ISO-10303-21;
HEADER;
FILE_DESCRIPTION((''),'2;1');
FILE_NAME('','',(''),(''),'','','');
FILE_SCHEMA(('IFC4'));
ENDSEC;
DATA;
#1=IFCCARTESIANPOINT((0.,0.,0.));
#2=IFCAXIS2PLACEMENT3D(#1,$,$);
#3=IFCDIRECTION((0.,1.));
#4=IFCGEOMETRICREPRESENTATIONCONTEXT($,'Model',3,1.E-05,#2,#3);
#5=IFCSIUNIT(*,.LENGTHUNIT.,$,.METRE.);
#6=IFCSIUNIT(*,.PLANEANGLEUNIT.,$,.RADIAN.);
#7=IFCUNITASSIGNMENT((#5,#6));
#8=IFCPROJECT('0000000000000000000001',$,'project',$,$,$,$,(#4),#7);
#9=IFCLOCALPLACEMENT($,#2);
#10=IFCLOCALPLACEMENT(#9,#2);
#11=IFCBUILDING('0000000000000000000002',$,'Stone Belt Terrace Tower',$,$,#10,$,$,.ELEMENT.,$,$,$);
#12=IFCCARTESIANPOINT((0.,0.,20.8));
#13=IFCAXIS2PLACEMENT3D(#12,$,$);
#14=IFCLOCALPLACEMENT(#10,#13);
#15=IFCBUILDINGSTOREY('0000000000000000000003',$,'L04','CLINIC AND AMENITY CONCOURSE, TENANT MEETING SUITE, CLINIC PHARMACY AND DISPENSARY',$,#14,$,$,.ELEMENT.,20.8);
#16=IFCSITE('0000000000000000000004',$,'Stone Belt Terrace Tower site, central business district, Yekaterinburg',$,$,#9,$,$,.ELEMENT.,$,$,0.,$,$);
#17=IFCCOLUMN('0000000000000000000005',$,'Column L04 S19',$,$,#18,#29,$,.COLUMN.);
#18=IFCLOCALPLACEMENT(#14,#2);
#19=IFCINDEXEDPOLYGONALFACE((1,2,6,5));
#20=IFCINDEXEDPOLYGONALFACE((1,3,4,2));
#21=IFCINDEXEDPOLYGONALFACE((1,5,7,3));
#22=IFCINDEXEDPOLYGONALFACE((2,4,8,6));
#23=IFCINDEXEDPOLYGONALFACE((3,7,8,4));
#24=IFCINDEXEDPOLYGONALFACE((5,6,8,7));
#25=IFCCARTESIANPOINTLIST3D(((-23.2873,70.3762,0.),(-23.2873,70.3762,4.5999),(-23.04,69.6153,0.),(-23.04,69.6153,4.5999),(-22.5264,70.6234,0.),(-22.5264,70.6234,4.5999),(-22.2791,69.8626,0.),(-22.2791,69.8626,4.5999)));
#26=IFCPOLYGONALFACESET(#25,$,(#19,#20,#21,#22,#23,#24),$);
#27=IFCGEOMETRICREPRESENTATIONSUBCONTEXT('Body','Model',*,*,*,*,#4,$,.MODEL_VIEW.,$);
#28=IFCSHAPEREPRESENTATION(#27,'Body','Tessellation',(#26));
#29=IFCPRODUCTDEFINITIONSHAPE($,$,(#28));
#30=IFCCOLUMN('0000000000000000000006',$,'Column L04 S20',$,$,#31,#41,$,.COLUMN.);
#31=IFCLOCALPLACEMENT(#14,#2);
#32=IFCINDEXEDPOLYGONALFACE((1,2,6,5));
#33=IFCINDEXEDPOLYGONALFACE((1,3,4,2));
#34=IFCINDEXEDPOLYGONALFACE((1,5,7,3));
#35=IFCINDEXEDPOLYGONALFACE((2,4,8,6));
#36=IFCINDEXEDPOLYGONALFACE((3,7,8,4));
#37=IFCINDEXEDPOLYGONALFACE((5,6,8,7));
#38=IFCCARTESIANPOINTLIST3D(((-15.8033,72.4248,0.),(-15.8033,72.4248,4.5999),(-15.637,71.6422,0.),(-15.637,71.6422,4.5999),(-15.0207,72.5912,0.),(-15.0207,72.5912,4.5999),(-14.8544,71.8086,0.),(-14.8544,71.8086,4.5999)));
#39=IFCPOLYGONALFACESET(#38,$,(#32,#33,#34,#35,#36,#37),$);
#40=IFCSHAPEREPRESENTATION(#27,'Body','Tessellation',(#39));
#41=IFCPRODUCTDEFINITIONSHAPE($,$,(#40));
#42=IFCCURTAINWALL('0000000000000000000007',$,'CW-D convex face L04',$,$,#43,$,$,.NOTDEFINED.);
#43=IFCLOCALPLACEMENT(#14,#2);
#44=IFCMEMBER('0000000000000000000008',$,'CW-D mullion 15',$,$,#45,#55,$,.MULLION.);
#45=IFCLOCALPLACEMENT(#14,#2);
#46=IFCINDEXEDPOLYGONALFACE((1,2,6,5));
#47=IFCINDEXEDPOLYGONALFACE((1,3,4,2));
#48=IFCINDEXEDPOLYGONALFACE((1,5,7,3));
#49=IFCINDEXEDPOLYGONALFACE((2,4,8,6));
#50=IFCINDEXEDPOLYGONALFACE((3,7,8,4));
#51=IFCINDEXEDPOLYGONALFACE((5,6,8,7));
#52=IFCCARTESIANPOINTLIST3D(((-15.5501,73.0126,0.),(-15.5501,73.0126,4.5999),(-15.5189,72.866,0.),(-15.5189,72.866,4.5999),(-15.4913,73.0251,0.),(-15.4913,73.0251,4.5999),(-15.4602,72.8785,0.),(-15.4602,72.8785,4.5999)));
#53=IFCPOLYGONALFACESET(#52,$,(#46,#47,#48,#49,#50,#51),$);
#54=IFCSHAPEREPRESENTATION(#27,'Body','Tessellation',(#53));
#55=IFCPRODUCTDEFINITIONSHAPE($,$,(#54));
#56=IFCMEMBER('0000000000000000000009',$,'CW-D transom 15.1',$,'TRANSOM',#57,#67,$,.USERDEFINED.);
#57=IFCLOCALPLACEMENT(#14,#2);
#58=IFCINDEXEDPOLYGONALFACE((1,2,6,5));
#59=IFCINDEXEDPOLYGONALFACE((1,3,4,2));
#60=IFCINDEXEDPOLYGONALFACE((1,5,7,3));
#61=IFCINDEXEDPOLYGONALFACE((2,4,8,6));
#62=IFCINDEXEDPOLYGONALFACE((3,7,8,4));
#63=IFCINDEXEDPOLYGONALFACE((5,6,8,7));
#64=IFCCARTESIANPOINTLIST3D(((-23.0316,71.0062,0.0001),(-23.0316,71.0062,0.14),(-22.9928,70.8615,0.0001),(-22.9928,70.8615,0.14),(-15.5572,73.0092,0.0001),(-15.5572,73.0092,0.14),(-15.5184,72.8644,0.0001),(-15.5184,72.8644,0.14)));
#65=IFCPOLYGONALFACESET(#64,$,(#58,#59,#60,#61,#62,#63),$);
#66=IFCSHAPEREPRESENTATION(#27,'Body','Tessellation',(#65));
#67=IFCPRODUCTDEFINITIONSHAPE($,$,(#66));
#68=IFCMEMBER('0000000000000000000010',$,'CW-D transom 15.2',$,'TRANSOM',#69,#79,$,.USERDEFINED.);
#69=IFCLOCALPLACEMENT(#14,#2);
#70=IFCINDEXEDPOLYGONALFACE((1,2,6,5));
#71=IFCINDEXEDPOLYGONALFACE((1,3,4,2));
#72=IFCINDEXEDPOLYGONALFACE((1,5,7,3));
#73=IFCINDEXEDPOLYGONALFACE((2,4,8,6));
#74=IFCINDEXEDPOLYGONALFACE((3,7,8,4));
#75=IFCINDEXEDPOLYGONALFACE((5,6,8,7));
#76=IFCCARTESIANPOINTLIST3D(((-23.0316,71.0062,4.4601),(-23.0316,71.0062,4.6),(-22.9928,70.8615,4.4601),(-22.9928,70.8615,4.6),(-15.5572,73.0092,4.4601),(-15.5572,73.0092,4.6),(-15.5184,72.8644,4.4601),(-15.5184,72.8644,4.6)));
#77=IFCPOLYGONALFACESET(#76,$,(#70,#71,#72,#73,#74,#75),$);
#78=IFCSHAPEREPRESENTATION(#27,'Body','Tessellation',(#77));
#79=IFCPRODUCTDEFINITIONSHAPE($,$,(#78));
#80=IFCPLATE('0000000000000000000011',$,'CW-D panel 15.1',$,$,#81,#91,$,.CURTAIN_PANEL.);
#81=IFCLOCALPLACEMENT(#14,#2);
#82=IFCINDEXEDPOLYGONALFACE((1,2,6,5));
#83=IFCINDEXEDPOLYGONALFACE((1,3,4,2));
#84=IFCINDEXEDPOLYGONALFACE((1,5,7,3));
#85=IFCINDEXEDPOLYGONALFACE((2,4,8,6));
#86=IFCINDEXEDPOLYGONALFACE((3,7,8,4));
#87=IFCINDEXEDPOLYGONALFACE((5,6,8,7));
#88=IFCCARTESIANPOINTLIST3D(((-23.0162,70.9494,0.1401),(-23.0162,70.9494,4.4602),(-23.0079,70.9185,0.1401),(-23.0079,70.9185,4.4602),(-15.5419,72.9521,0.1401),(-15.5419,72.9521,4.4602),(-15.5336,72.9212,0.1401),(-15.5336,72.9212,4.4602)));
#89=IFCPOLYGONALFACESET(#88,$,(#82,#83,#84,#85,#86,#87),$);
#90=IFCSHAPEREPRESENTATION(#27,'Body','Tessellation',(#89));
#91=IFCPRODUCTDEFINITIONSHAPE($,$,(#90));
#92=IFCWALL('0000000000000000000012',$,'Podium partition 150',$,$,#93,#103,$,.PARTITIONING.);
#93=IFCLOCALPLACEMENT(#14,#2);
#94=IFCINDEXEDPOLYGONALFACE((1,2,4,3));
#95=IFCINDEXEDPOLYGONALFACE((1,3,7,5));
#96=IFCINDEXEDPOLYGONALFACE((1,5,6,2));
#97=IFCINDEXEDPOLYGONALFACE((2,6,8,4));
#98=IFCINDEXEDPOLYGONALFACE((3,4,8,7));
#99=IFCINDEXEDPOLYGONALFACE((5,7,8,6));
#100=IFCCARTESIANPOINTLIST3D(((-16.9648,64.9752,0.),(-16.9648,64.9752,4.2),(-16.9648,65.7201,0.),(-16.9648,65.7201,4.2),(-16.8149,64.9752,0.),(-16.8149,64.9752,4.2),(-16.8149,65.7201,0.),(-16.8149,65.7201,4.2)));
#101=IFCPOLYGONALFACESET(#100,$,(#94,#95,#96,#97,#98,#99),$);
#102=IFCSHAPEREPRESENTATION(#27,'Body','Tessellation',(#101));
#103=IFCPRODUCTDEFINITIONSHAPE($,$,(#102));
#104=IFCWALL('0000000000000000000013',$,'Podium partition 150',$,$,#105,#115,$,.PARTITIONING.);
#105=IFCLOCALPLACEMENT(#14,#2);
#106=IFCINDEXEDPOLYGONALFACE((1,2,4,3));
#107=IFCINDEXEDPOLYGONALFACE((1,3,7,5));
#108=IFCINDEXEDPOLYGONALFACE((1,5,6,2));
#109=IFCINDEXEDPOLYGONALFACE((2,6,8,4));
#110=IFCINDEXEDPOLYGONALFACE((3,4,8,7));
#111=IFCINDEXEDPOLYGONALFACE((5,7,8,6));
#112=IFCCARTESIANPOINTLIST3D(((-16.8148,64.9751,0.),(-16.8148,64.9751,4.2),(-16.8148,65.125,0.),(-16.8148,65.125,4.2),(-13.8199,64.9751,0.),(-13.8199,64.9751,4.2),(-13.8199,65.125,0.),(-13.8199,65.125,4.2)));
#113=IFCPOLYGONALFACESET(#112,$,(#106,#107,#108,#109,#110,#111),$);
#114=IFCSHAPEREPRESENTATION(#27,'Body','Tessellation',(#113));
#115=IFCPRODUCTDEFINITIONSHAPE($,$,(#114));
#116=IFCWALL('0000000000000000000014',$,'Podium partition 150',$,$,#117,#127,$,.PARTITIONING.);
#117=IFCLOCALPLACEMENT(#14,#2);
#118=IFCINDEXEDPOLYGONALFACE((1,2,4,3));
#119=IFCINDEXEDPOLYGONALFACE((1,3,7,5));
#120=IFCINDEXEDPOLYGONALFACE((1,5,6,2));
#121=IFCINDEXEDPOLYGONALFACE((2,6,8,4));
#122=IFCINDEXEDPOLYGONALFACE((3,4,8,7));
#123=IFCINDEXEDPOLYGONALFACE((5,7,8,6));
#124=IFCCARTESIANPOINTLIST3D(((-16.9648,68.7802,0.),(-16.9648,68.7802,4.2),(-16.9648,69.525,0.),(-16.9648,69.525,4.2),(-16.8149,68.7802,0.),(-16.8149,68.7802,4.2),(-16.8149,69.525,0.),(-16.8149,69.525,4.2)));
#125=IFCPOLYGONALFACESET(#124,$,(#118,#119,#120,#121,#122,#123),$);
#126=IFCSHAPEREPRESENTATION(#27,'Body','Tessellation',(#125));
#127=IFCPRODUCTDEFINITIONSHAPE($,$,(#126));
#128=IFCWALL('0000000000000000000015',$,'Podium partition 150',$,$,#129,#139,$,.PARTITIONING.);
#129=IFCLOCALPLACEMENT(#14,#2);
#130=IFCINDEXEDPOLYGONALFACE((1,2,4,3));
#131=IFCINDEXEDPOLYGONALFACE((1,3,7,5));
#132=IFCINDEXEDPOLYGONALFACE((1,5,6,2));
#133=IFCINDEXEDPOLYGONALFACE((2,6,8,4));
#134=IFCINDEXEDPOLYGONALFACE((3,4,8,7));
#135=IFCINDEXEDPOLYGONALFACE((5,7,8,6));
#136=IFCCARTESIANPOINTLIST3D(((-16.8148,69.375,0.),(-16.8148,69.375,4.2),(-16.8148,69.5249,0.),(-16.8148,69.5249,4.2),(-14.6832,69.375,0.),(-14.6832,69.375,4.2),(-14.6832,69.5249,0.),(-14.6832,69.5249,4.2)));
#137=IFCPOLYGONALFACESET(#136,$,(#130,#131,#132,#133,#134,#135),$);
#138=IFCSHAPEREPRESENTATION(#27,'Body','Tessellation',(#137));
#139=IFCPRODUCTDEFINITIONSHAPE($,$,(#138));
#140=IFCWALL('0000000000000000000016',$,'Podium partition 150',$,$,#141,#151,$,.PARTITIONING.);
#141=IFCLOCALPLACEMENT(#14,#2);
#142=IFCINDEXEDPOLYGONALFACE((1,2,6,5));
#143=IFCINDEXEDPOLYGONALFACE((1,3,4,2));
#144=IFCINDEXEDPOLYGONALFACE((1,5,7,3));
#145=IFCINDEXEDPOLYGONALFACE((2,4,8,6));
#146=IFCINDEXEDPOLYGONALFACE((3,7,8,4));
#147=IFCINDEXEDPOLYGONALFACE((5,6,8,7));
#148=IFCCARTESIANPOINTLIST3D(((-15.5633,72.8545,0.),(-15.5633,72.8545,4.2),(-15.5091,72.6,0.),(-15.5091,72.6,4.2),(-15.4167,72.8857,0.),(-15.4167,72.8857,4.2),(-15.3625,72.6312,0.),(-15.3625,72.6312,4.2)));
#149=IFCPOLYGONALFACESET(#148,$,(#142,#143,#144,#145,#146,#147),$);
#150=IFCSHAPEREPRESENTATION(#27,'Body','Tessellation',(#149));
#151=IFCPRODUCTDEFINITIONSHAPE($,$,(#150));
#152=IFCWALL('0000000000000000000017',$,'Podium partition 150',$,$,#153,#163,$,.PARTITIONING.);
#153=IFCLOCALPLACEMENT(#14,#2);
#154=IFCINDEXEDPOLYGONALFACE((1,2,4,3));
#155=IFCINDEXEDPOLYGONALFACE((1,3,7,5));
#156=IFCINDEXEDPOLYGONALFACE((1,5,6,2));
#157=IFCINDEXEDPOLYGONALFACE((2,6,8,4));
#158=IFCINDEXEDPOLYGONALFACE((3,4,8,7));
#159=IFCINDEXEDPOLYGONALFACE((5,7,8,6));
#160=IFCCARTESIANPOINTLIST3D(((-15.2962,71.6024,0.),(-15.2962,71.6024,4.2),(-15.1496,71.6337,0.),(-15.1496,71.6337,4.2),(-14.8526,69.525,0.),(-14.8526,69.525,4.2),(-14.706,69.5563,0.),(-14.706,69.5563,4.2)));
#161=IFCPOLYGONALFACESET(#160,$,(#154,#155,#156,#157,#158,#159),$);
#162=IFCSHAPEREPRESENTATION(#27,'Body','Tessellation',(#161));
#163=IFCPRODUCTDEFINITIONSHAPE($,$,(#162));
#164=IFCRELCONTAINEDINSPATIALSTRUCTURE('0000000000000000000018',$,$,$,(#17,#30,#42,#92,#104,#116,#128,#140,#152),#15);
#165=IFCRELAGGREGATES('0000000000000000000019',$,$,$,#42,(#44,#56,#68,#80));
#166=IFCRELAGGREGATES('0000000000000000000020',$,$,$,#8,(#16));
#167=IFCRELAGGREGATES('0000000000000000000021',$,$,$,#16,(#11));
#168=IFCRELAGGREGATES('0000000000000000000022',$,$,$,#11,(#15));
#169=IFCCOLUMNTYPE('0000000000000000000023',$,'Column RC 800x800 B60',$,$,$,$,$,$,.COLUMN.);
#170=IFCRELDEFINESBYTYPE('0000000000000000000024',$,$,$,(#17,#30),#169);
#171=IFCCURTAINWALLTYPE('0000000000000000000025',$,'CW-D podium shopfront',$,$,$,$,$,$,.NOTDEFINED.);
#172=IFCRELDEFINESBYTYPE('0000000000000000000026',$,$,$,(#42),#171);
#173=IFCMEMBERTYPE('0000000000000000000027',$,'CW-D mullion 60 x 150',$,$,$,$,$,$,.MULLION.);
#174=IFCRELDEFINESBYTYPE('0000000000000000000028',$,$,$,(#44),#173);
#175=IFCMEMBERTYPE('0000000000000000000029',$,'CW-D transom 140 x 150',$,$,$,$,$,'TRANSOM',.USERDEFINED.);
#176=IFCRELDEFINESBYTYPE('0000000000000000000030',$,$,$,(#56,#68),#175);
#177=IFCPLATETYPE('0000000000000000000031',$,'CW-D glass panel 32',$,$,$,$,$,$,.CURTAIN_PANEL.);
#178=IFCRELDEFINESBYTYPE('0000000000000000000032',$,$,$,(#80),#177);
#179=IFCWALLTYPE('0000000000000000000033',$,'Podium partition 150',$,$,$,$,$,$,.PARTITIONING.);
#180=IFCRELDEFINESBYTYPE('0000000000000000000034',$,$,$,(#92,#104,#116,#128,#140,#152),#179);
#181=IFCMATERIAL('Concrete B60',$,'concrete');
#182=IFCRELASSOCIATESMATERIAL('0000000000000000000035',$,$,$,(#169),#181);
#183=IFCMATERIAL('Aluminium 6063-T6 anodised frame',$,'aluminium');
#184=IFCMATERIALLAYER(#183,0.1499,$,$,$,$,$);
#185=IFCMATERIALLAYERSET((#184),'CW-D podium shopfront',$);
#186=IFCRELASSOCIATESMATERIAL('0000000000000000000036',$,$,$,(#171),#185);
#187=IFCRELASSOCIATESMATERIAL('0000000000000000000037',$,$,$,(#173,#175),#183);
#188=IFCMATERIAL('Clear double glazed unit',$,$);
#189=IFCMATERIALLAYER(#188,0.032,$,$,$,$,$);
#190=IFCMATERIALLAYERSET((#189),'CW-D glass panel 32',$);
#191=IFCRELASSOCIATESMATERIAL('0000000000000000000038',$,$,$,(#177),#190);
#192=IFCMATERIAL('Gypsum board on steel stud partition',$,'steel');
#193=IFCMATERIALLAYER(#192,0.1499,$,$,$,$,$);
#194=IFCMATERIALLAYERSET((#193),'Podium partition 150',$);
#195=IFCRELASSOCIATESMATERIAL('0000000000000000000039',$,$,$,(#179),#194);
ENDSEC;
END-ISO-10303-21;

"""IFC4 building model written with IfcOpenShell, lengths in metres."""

from ifc_helpers import new_model, si_unit, direction, frame, frame_2d, origin, origin_2d, place, context, subcontext, project, spatial, rectangle, extrude, material, layer, layer_set, material_profile, profile_set, type_object, element, aggregate, save


model = new_model("IFC4")

# Units and contexts
model_context = context("Model", 3, precision=1e-05, world=origin(), true_north=direction((0.0, 1.0)))
body_context = subcontext(model_context, "Body", "Model", "MODEL_VIEW")
ifc_project = project(units=[si_unit("LENGTHUNIT", "METRE"), si_unit("PLANEANGLEUNIT", "RADIAN")], contexts=[model_context])

# Site, building, storey
site_placement = place(None, origin())
site = spatial("IfcSite", under=ifc_project, at=site_placement, Name="Stone Belt Terrace Tower site, central business district, Yekaterinburg", CompositionType="ELEMENT", RefElevation=0.0)
building_placement = place(site_placement, origin())
building = spatial("IfcBuilding", under=site, at=building_placement, Name="Stone Belt Terrace Tower", CompositionType="ELEMENT")
storey_placement = place(building_placement, frame((0.0, 0.0, 20.8)))
storey = spatial("IfcBuildingStorey", under=building, at=storey_placement, Name="L04", Description="CLINIC AND AMENITY CONCOURSE, TENANT MEETING SUITE, CLINIC PHARMACY AND DISPENSARY", CompositionType="ELEMENT", Elevation=20.8)

# Columns
ifc_material_1 = material(Name="Concrete B60", Category="concrete")
ifc_material_profile_1 = material_profile(ifc_material_1, rectangle(XDim=0.8, YDim=0.8, at=origin_2d()), Name="RC 800x800")
ifc_profile_set_1 = profile_set([ifc_material_profile_1], Name="Concrete B60")
column_type = type_object("IfcColumnType", Name="Column RC 800x800 B60", PredefinedType="COLUMN", material=ifc_profile_set_1)
for number, where, z_axis, x_axis, name in (
    (1, (-22.7832, 70.1194, 0.0), (0.0, 0.0, 1.0), (0.951057, 0.309017, 0.0), "Column L04 S19"),
    (2, (-15.3289, 72.1167, 0.0), (0.0, 0.0, 1.0), (0.978148, 0.207912, 0.0), "Column L04 S20"),
):
    element("IfcColumn", number, at=place(storey_placement, frame(where, z_axis=z_axis, x_axis=x_axis)), inside=storey, type_object=column_type, Name=name, PredefinedType="COLUMN", context=body_context, shape_type="SweptSolid", body=[
        extrude(rectangle(XDim=0.8, YDim=0.8, at=origin_2d()), origin(), (0.0, 0.0, 1.0), 4.5999),
    ])

# Curtain wall, members, plate
ifc_material_2 = material(Name="Aluminium 6063-T6 anodised frame", Category="aluminium")
ifc_layer_1 = layer(ifc_material_2, 0.1499)
ifc_layer_set_1 = layer_set([ifc_layer_1], Name="CW-D podium shopfront")
curtain_wall_type = type_object("IfcCurtainWallType", Name="CW-D podium shopfront", PredefinedType="NOTDEFINED", material=ifc_layer_set_1)
curtain_wall_placement = place(storey_placement, origin())
curtain_wall = element("IfcCurtainWall", 3, at=curtain_wall_placement, inside=storey, type_object=curtain_wall_type, Name="CW-D convex face L04", PredefinedType="NOTDEFINED")
ifc_material_profile_2 = material_profile(ifc_material_2, rectangle(XDim=0.1499, YDim=0.0601, at=origin_2d()), Name="Aluminium 6063-T6 60x150")
ifc_profile_set_2 = profile_set([ifc_material_profile_2], Name="Aluminium 6063-T6 anodised frame")
member_type_1 = type_object("IfcMemberType", Name="CW-D mullion 60 x 150", PredefinedType="MULLION", material=ifc_profile_set_2)
member_1_placement = place(storey_placement, frame((-15.5051, 72.9456, 0.0), z_axis=(0.0, 0.0, 1.0), x_axis=(0.207912, -0.978148, 0.0)))
member_1 = element("IfcMember", 4, at=member_1_placement, type_object=member_type_1, Name="CW-D mullion 15", PredefinedType="MULLION", context=body_context, shape_type="SweptSolid", body=[
    extrude(rectangle(XDim=0.1499, YDim=0.0601, at=origin_2d()), origin(), (0.0, 0.0, 1.0), 4.5999),
])
ifc_material_profile_3 = material_profile(ifc_material_2, rectangle(XDim=0.1499, YDim=0.1399, at=origin_2d()), Name="Aluminium 6063-T6 150x140")
ifc_profile_set_3 = profile_set([ifc_material_profile_3], Name="Aluminium 6063-T6 anodised frame")
member_type_2 = type_object("IfcMemberType", Name="CW-D transom 140 x 150", ElementType="TRANSOM", PredefinedType="USERDEFINED", material=ifc_profile_set_3)
member_2_placement = place(storey_placement, frame((-15.5378, 72.9368, 0.0701), z_axis=(-0.96592, -0.258841, 0.0), x_axis=(0.258841, -0.96592, 0.0)))
member_2 = element("IfcMember", 5, at=member_2_placement, type_object=member_type_2, Name="CW-D transom 15.1", ObjectType="TRANSOM", PredefinedType="USERDEFINED", context=body_context, shape_type="SweptSolid", body=[
    extrude(rectangle(XDim=0.1499, YDim=0.1399, at=origin_2d()), origin(), (0.0, 0.0, 1.0), 7.738),
])
member_3_placement = place(storey_placement, frame((-15.5378, 72.9368, 4.53), z_axis=(-0.96592, -0.258841, 0.0), x_axis=(0.258841, -0.96592, 0.0)))
member_3 = element("IfcMember", 6, at=member_3_placement, type_object=member_type_2, Name="CW-D transom 15.2", ObjectType="TRANSOM", PredefinedType="USERDEFINED", context=body_context, shape_type="SweptSolid", body=[
    extrude(rectangle(XDim=0.1499, YDim=0.1399, at=origin_2d()), origin(), (0.0, 0.0, 1.0), 7.738),
])
ifc_material_3 = material(Name="Clear double glazed unit")
ifc_layer_2 = layer(ifc_material_3, 0.032)
ifc_layer_set_2 = layer_set([ifc_layer_2], Name="CW-D glass panel 32")
plate_type = type_object("IfcPlateType", Name="CW-D glass panel 32", PredefinedType="CURTAIN_PANEL", material=ifc_layer_set_2)
plate_placement = place(storey_placement, frame((-19.2749, 71.9353, 0.1401), z_axis=(0.0, 0.0, 1.0), x_axis=(-0.965926, -0.258819, 0.0)))
plate = element("IfcPlate", 7, at=plate_placement, type_object=plate_type, Name="CW-D panel 15.1", PredefinedType="CURTAIN_PANEL", context=body_context, shape_type="SweptSolid", body=[
    extrude(rectangle(XDim=7.738, YDim=0.032, at=origin_2d()), origin(), (0.0, 0.0, 1.0), 4.3201),
])
aggregate(curtain_wall, [member_1, member_2, member_3, plate])

# Walls
ifc_material_4 = material(Name="Gypsum board on steel stud partition", Category="steel")
ifc_layer_3 = layer(ifc_material_4, 0.1499)
ifc_layer_set_3 = layer_set([ifc_layer_3], Name="Podium partition 150")
wall_type_1 = type_object("IfcWallType", Name="Podium partition 150", PredefinedType="PARTITIONING", material=ifc_layer_set_3)
wall_1_placement = place(storey_placement, frame((-16.8899, 64.9751, 0.0), z_axis=(0.0, 0.0, 1.0), x_axis=(0.0, 1.0, 0.0)))
element("IfcWall", 8, at=wall_1_placement, inside=storey, type_object=wall_type_1, Name="Podium partition 150", PredefinedType="PARTITIONING", context=body_context, shape_type="SweptSolid", body=[
    extrude(rectangle(XDim=0.7449, YDim=0.1499, at=frame_2d((0.3726, 0.0))), origin(), (0.0, 0.0, 1.0), 4.2),
])
wall_2_placement = place(storey_placement, frame((-16.8149, 65.05, 0.0), z_axis=(0.0, 0.0, 1.0), x_axis=(1.0, 0.0, 0.0)))
element("IfcWall", 9, at=wall_2_placement, inside=storey, type_object=wall_type_1, Name="Podium partition 150", PredefinedType="PARTITIONING", context=body_context, shape_type="SweptSolid", body=[
    extrude(rectangle(XDim=2.9949, YDim=0.1499, at=frame_2d((1.4976, 0.0))), origin(), (0.0, 0.0, 1.0), 4.2),
])
wall_3_placement = place(storey_placement, frame((-16.8899, 68.78, 0.0), z_axis=(0.0, 0.0, 1.0), x_axis=(0.0, 1.0, 0.0)))
element("IfcWall", 10, at=wall_3_placement, inside=storey, type_object=wall_type_1, Name="Podium partition 150", PredefinedType="PARTITIONING", context=body_context, shape_type="SweptSolid", body=[
    extrude(rectangle(XDim=0.7449, YDim=0.1499, at=frame_2d((0.3726, 0.0))), origin(), (0.0, 0.0, 1.0), 4.2),
])
wall_4_placement = place(storey_placement, frame((-16.8149, 69.45, 0.0), z_axis=(0.0, 0.0, 1.0), x_axis=(1.0, 0.0, 0.0)))
element("IfcWall", 11, at=wall_4_placement, inside=storey, type_object=wall_type_1, Name="Podium partition 150", PredefinedType="PARTITIONING", context=body_context, shape_type="SweptSolid", body=[
    extrude(rectangle(XDim=2.1316, YDim=0.1499, at=frame_2d((1.0659, 0.0))), origin(), (0.0, 0.0, 1.0), 4.2),
])
wall_5_placement = place(storey_placement, frame((-15.49, 72.8701, 0.0), z_axis=(0.0, 0.0, 1.0), x_axis=(0.208184, -0.97809, 0.0)))
element("IfcWall", 12, at=wall_5_placement, inside=storey, type_object=wall_type_1, Name="Podium partition 150", PredefinedType="PARTITIONING", context=body_context, shape_type="SweptSolid", body=[
    extrude(rectangle(XDim=0.2603, YDim=0.1499, at=frame_2d((0.1301, 0.0))), origin(), (0.0, 0.0, 1.0), 4.2),
])
wall_6_placement = place(storey_placement, frame((-15.2229, 71.6179, 0.0), z_axis=(0.0, 0.0, 1.0), x_axis=(0.20883, -0.977952, 0.0)))
element("IfcWall", 13, at=wall_6_placement, inside=storey, type_object=wall_type_1, Name="Podium partition 150", PredefinedType="PARTITIONING", context=body_context, shape_type="SweptSolid", body=[
    extrude(rectangle(XDim=2.1243, YDim=0.1499, at=frame_2d((1.062, 0.0))), origin(), (0.0, 0.0, 1.0), 4.2),
])

save(model, "model.ifc")
